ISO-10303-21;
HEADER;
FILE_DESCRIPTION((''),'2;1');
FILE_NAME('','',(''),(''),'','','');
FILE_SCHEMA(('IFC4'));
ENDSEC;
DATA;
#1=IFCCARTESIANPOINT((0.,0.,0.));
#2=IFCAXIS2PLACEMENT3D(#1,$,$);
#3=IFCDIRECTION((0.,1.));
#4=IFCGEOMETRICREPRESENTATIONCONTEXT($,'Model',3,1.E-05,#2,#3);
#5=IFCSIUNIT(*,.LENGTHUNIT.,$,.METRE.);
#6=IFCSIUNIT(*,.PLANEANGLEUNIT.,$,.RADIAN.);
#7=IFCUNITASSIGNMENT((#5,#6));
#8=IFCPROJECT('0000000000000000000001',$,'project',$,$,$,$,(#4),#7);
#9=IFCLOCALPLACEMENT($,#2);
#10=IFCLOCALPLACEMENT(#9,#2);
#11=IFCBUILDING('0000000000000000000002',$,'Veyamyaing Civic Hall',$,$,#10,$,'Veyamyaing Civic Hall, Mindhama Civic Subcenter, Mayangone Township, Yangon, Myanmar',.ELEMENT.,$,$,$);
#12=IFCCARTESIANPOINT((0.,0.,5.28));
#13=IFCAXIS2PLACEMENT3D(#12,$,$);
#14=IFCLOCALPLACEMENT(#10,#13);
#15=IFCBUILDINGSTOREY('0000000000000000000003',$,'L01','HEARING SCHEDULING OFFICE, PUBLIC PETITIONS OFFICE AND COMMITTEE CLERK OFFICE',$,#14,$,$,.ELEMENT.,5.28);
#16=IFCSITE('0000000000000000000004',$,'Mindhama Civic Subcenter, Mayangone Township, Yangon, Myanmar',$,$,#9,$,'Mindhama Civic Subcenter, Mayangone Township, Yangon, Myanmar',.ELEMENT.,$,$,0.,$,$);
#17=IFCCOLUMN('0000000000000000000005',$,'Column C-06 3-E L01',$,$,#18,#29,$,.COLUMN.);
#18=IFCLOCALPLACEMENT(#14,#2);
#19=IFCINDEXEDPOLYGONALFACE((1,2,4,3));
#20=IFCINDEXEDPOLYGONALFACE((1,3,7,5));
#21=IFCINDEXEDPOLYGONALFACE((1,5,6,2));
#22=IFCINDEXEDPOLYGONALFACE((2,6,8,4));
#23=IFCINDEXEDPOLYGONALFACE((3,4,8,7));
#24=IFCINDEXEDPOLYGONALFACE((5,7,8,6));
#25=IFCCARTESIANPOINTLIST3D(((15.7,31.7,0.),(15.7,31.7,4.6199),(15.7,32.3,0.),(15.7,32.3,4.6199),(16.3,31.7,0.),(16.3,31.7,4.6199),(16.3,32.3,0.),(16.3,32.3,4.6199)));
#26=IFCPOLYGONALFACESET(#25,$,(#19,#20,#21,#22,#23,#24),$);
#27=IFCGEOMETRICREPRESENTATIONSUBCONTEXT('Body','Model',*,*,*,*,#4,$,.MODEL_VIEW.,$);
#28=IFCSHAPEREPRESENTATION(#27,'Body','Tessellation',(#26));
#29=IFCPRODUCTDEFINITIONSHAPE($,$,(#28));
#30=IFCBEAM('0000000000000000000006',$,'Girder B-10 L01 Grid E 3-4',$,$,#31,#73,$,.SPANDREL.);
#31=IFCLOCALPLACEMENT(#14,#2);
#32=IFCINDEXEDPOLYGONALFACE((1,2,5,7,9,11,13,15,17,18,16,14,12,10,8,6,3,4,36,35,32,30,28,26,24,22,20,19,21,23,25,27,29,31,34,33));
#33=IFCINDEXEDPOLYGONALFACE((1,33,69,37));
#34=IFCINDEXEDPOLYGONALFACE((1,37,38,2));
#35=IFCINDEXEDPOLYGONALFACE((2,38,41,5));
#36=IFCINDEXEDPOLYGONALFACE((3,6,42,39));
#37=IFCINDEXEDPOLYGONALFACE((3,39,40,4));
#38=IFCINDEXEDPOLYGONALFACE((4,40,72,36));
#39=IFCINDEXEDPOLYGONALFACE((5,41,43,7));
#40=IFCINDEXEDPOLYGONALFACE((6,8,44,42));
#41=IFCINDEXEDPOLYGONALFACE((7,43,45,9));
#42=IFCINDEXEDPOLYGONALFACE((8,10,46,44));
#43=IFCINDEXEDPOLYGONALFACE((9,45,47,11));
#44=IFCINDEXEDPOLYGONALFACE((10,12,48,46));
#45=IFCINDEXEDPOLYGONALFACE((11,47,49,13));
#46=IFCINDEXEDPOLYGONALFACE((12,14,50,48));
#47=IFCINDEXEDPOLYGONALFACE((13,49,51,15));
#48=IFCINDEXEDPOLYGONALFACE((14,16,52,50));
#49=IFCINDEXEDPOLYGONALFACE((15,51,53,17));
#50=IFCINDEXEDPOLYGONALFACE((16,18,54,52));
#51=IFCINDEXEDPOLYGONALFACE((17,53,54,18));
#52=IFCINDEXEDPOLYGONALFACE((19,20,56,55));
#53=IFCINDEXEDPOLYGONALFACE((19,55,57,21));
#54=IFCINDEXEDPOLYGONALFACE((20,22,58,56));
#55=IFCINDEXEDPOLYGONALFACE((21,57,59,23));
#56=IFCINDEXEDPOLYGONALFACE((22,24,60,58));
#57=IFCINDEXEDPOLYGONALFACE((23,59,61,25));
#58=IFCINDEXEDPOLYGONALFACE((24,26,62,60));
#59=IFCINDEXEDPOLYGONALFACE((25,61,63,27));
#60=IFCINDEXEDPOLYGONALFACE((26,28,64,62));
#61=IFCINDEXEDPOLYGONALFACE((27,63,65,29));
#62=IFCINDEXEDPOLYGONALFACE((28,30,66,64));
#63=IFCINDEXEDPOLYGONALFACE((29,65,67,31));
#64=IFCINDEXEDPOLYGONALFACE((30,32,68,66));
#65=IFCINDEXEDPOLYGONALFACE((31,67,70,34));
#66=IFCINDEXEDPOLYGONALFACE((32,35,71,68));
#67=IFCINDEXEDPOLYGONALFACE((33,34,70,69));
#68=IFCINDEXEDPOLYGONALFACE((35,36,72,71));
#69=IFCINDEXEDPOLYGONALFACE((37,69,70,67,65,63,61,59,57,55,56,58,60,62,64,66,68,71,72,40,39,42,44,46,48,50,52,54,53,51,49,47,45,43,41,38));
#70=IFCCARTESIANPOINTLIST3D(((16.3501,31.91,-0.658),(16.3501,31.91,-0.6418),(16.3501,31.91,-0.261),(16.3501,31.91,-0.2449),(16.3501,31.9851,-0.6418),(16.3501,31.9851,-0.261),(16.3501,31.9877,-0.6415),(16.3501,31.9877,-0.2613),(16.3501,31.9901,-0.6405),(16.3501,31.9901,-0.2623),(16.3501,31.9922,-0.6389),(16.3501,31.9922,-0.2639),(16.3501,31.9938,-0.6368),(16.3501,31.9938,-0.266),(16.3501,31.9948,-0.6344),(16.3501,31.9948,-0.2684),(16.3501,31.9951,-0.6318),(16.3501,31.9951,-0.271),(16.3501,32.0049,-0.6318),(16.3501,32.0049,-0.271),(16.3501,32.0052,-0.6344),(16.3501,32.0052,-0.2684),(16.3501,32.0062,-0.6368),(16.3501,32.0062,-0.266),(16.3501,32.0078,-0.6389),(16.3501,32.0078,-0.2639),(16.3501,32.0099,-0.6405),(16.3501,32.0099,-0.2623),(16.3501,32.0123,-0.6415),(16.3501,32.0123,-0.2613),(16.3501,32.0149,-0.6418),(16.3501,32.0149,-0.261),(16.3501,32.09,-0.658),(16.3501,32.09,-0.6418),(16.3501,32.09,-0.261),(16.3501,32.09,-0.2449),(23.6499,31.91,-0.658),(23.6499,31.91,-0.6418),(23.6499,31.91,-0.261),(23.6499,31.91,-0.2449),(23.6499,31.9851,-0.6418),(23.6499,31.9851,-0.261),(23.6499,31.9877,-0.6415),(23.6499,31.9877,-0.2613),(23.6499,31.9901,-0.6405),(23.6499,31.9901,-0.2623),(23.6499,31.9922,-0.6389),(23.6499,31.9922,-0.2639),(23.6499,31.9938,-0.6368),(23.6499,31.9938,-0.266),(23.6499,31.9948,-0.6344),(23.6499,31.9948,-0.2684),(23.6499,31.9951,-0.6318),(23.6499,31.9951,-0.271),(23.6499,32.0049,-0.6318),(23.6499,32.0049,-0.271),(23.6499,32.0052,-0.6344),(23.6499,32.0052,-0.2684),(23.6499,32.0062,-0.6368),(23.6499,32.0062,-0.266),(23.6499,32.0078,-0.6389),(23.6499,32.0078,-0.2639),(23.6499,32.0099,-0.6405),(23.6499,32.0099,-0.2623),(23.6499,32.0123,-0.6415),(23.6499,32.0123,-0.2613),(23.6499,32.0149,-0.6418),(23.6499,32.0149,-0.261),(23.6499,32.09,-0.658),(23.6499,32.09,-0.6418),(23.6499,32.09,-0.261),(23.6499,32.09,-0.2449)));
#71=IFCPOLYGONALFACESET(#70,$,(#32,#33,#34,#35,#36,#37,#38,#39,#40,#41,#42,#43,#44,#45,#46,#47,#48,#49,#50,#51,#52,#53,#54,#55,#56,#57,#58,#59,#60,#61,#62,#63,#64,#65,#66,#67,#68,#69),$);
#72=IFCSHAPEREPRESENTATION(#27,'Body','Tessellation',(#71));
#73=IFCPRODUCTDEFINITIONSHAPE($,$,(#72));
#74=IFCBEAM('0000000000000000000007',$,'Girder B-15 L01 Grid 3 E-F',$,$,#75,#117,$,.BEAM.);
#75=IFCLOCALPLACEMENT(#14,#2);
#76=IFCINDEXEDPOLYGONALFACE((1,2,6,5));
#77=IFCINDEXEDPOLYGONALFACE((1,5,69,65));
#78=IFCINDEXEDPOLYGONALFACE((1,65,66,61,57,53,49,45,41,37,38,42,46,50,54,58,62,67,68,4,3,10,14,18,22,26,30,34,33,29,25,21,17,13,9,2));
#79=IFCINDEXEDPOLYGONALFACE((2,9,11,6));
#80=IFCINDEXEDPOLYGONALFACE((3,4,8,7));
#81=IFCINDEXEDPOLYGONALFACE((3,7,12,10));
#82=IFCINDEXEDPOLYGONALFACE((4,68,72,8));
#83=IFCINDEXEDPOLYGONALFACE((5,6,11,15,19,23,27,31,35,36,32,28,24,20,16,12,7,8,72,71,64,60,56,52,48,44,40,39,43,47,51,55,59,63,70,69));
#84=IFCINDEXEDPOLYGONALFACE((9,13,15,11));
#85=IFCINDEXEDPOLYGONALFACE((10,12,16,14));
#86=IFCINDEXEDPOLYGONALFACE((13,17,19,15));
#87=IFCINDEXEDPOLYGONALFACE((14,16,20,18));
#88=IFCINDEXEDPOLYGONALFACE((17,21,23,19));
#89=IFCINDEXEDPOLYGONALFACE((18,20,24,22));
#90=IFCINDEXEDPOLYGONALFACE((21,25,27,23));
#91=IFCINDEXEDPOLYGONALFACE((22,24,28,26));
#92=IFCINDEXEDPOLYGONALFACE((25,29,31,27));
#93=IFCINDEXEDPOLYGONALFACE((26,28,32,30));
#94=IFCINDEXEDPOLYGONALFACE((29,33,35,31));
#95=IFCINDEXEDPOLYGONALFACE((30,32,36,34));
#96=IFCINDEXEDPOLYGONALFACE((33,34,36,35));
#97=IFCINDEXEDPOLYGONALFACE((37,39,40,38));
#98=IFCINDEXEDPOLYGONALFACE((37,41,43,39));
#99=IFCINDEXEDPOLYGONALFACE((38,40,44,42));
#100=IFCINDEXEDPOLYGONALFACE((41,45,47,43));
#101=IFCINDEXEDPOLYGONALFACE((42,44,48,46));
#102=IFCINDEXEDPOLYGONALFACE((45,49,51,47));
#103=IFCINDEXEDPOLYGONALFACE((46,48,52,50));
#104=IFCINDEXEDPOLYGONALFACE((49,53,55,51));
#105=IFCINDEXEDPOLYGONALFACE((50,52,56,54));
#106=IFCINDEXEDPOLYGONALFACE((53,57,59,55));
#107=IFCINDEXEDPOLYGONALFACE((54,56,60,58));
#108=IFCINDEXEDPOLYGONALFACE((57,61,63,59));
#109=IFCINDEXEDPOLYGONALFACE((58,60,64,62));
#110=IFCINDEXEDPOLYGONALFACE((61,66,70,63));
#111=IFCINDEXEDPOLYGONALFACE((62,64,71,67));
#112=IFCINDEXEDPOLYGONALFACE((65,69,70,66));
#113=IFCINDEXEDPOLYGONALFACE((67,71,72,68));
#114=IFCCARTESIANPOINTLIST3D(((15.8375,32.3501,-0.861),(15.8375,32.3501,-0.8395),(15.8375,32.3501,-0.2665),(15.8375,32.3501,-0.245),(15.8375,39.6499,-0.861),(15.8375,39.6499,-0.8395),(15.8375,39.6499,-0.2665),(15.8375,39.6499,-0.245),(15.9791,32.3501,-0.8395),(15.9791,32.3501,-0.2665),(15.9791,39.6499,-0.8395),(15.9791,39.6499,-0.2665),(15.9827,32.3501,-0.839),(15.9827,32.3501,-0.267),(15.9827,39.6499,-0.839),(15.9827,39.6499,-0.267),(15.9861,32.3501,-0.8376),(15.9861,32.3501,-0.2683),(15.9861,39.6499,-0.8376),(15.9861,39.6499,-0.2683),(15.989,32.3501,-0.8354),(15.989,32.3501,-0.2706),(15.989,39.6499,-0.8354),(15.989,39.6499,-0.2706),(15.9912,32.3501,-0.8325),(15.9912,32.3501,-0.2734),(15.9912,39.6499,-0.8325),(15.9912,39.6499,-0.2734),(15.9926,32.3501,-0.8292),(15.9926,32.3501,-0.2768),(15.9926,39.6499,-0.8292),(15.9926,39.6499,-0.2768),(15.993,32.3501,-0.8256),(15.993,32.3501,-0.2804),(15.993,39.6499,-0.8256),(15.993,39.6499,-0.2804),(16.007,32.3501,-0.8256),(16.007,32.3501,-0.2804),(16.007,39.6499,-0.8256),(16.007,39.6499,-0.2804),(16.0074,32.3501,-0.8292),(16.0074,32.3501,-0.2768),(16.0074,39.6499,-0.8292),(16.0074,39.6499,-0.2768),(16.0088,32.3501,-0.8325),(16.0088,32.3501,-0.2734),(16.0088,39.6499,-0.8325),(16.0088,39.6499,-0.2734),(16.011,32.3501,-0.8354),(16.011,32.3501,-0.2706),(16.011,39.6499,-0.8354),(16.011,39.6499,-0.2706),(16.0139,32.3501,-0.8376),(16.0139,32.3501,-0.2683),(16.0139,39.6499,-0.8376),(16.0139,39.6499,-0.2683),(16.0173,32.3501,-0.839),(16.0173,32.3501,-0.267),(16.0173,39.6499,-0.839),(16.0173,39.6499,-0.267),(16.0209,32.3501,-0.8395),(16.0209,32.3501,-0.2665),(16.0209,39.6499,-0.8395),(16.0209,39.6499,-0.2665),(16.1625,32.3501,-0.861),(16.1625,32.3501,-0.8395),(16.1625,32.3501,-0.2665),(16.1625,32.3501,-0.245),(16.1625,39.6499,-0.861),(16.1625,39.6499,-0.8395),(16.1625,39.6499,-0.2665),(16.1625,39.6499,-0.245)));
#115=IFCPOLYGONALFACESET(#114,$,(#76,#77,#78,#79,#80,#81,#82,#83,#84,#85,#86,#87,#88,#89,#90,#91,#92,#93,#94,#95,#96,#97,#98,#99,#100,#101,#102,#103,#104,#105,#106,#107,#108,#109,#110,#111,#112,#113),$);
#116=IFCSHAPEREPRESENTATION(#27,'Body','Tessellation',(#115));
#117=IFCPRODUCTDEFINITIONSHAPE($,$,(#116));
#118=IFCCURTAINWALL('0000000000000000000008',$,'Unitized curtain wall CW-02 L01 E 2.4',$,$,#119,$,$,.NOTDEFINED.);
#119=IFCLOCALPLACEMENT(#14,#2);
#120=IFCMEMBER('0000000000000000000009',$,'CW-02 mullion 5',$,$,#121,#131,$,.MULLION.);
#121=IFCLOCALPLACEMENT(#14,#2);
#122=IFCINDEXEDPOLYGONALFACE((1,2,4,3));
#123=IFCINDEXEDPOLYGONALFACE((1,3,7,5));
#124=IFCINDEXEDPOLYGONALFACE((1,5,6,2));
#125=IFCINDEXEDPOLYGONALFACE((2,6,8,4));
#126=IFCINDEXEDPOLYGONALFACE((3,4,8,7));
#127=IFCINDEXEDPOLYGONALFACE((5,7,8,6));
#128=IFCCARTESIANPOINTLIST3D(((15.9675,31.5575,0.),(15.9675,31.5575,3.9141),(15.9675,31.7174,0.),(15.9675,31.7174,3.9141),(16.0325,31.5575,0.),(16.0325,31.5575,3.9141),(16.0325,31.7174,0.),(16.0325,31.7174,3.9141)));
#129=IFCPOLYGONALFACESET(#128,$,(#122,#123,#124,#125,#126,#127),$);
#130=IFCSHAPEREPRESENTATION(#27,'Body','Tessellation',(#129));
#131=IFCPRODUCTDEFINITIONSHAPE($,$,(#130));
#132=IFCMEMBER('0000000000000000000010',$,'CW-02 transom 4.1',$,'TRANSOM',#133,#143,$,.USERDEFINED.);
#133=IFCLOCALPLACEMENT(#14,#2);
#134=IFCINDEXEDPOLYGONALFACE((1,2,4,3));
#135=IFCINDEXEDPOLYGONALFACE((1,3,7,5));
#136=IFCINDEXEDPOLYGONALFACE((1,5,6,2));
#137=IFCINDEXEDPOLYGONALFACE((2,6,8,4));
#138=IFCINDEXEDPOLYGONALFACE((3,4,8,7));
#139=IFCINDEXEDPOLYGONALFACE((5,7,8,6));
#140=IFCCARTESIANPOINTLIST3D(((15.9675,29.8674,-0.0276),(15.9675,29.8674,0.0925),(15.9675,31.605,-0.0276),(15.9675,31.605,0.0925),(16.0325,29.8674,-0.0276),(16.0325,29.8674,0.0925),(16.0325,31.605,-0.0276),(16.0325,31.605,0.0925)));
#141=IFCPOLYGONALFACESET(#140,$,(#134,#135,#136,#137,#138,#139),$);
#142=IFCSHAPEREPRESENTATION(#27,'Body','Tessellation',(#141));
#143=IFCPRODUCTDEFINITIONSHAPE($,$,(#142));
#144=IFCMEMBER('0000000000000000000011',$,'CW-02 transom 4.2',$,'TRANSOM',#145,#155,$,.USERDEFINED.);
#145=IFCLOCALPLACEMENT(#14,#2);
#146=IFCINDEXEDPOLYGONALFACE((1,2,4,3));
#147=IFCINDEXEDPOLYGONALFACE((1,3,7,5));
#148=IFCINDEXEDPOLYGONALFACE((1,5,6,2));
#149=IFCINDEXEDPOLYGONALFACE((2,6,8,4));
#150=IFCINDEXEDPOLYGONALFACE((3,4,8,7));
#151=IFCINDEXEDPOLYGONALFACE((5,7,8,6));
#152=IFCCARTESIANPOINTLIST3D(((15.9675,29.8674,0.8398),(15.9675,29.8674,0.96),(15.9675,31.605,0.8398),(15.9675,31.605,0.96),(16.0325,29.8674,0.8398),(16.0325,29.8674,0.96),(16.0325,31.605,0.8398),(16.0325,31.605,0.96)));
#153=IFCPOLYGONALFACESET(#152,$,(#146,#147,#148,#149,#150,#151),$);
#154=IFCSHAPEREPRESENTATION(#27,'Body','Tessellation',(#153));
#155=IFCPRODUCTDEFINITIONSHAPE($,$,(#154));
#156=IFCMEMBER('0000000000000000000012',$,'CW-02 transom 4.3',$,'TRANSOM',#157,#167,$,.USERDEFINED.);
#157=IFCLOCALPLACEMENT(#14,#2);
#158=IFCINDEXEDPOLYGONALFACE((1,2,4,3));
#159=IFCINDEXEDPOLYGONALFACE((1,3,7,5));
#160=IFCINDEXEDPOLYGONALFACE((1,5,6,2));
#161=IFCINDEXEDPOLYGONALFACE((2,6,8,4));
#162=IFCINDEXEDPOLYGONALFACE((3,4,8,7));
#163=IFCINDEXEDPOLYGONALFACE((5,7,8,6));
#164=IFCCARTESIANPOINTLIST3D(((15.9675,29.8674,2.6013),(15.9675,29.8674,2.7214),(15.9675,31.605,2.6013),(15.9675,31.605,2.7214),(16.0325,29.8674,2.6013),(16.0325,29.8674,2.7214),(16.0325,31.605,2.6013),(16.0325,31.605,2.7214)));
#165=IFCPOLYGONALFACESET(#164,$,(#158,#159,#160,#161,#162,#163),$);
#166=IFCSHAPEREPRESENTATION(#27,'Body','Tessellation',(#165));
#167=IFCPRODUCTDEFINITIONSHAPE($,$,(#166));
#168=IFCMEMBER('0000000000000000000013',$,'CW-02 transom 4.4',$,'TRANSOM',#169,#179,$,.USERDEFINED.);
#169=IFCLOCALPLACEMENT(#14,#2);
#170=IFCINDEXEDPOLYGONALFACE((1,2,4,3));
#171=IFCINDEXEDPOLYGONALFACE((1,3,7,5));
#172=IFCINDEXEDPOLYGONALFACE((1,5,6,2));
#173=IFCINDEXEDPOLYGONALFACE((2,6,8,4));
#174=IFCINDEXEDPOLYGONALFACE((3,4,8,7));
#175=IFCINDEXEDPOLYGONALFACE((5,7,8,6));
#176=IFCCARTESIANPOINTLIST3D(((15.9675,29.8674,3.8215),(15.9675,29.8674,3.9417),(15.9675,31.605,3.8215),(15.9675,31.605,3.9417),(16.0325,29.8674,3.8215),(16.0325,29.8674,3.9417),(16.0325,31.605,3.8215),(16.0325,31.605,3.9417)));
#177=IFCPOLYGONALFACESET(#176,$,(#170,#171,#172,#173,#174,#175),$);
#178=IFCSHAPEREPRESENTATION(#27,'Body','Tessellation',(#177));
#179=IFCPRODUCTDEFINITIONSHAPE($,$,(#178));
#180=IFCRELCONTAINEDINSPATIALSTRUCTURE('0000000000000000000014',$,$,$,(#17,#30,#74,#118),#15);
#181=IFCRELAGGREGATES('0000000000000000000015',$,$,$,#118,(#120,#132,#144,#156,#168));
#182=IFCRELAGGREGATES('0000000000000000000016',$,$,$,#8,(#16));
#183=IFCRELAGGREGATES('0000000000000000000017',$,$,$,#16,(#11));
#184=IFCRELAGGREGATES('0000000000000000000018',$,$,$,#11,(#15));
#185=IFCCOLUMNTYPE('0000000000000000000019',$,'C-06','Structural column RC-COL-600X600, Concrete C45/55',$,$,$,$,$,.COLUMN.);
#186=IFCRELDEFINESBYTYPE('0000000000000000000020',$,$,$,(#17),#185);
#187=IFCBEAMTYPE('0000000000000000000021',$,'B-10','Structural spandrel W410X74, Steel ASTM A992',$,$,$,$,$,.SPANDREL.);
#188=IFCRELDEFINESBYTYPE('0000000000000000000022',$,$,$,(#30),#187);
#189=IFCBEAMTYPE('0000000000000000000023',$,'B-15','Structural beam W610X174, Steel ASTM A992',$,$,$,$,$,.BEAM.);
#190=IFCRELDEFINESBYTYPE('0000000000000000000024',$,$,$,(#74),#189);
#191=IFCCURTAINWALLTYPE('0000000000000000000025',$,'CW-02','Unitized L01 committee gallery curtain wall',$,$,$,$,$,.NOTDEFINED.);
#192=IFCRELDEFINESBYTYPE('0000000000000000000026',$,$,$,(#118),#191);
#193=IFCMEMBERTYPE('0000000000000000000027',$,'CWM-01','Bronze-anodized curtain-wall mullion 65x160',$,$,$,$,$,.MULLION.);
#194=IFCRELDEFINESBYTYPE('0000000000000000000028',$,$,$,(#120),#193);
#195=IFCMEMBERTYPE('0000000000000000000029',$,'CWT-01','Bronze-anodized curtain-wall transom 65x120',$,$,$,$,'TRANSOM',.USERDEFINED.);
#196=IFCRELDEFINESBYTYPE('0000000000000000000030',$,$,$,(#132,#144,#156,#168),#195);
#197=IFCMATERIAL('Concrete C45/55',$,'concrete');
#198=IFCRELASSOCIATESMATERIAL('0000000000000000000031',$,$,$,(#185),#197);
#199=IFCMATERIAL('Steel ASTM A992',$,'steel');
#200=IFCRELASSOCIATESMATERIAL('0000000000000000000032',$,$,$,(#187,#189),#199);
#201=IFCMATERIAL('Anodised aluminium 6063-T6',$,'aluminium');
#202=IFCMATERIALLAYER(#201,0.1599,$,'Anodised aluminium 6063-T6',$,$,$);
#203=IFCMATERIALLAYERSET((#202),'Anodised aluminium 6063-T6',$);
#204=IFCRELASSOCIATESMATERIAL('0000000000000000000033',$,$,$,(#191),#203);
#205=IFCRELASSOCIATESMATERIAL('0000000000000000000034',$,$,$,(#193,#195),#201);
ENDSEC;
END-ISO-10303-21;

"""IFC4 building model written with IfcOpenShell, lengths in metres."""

from ifc_helpers import new_model, si_unit, direction, frame, origin, origin_2d, place, context, subcontext, project, spatial, rectangle, i_section, extrude, material, layer, layer_set, material_profile, profile_set, type_object, element, aggregate, save


model = new_model("IFC4")

# Units and contexts
model_context = context("Model", 3, precision=1e-05, world=origin(), true_north=direction((0.0, 1.0)))
body_context = subcontext(model_context, "Body", "Model", "MODEL_VIEW")
ifc_project = project(units=[si_unit("LENGTHUNIT", "METRE"), si_unit("PLANEANGLEUNIT", "RADIAN")], contexts=[model_context])

# Site, building, storey
site_placement = place(None, origin())
site = spatial("IfcSite", under=ifc_project, at=site_placement, Name="Mindhama Civic Subcenter, Mayangone Township, Yangon, Myanmar", LongName="Mindhama Civic Subcenter, Mayangone Township, Yangon, Myanmar", CompositionType="ELEMENT", RefElevation=0.0)
building_placement = place(site_placement, origin())
building = spatial("IfcBuilding", under=site, at=building_placement, Name="Veyamyaing Civic Hall", LongName="Veyamyaing Civic Hall, Mindhama Civic Subcenter, Mayangone Township, Yangon, Myanmar", CompositionType="ELEMENT")
storey_placement = place(building_placement, frame((0.0, 0.0, 5.28)))
storey = spatial("IfcBuildingStorey", under=building, at=storey_placement, Name="L01", Description="HEARING SCHEDULING OFFICE, PUBLIC PETITIONS OFFICE AND COMMITTEE CLERK OFFICE", CompositionType="ELEMENT", Elevation=5.28)

# Column
ifc_material_1 = material(Name="Concrete C45/55", Category="concrete")
ifc_material_profile_1 = material_profile(ifc_material_1, rectangle(XDim=0.6001, YDim=0.6001, at=origin_2d()), Name="RC-COL-600X600")
ifc_profile_set_1 = profile_set([ifc_material_profile_1], Name="Concrete C45/55")
column_type = type_object("IfcColumnType", Name="C-06", Description="Structural column RC-COL-600X600, Concrete C45/55", PredefinedType="COLUMN", material=ifc_profile_set_1)
column_placement = place(storey_placement, frame((16.0, 32.0, 0.0), z_axis=(0.0, 0.0, 1.0), x_axis=(1.0, 0.0, 0.0)))
element("IfcColumn", 1, at=column_placement, inside=storey, type_object=column_type, Name="Column C-06 3-E L01", PredefinedType="COLUMN", context=body_context, shape_type="SweptSolid", body=[
    extrude(rectangle(XDim=0.6001, YDim=0.6001, at=origin_2d()), origin(), (0.0, 0.0, 1.0), 4.6199),
])

# Beams
ifc_material_2 = material(Name="Steel ASTM A992", Category="steel")
ifc_material_profile_2 = material_profile(ifc_material_2, i_section(OverallWidth=0.1799, OverallDepth=0.4131, WebThickness=0.0098, FlangeThickness=0.0161, FilletRadius=0.01, at=origin_2d()), Name="W410X74")
ifc_profile_set_2 = profile_set([ifc_material_profile_2], Name="Steel ASTM A992")
beam_type_1 = type_object("IfcBeamType", Name="B-10", Description="Structural spandrel W410X74, Steel ASTM A992", PredefinedType="SPANDREL", material=ifc_profile_set_2)
beam_1_placement = place(storey_placement, frame((16.3501, 32.0, -0.4514), z_axis=(1.0, 0.0, 0.0), x_axis=(0.0, 1.0, 0.0)))
element("IfcBeam", 2, at=beam_1_placement, inside=storey, type_object=beam_type_1, Name="Girder B-10 L01 Grid E 3-4", PredefinedType="SPANDREL", context=body_context, shape_type="SweptSolid", body=[
    extrude(i_section(OverallWidth=0.1799, OverallDepth=0.4131, WebThickness=0.0098, FlangeThickness=0.0161, FilletRadius=0.01, at=origin_2d()), origin(), (0.0, 0.0, 1.0), 7.2998),
])
ifc_material_profile_3 = material_profile(ifc_material_2, i_section(OverallWidth=0.325, OverallDepth=0.616, WebThickness=0.0139, FlangeThickness=0.0215, FilletRadius=0.0139, at=origin_2d()), Name="W610X174")
ifc_profile_set_3 = profile_set([ifc_material_profile_3], Name="Steel ASTM A992")
beam_type_2 = type_object("IfcBeamType", Name="B-15", Description="Structural beam W610X174, Steel ASTM A992", PredefinedType="BEAM", material=ifc_profile_set_3)
beam_2_placement = place(storey_placement, frame((16.0, 32.3501, -0.553), z_axis=(0.0, 1.0, 0.0), x_axis=(-1.0, 0.0, 0.0)))
element("IfcBeam", 3, at=beam_2_placement, inside=storey, type_object=beam_type_2, Name="Girder B-15 L01 Grid 3 E-F", PredefinedType="BEAM", context=body_context, shape_type="SweptSolid", body=[
    extrude(i_section(OverallWidth=0.325, OverallDepth=0.616, WebThickness=0.0139, FlangeThickness=0.0215, FilletRadius=0.0139, at=origin_2d()), origin(), (0.0, 0.0, 1.0), 7.2998),
])

# Curtain wall, members
ifc_material_3 = material(Name="Anodised aluminium 6063-T6", Category="aluminium")
ifc_layer_1 = layer(ifc_material_3, 0.1599, Name="Anodised aluminium 6063-T6")
ifc_layer_set_1 = layer_set([ifc_layer_1], Name="Anodised aluminium 6063-T6")
curtain_wall_type = type_object("IfcCurtainWallType", Name="CW-02", Description="Unitized L01 committee gallery curtain wall", PredefinedType="NOTDEFINED", material=ifc_layer_set_1)
curtain_wall_placement = place(storey_placement, origin())
curtain_wall = element("IfcCurtainWall", 4, at=curtain_wall_placement, inside=storey, type_object=curtain_wall_type, Name="Unitized curtain wall CW-02 L01 E 2.4", PredefinedType="NOTDEFINED")
ifc_material_profile_4 = material_profile(ifc_material_3, rectangle(XDim=0.0649, YDim=0.1599, at=origin_2d()), Name="ALU-MUL-65X160")
ifc_profile_set_4 = profile_set([ifc_material_profile_4], Name="Anodised aluminium 6063-T6")
member_type_1 = type_object("IfcMemberType", Name="CWM-01", Description="Bronze-anodized curtain-wall mullion 65x160", PredefinedType="MULLION", material=ifc_profile_set_4)
member_1_placement = place(storey_placement, frame((16.0, 31.6375, 0.0), z_axis=(0.0, 0.0, 1.0), x_axis=(-1.0, 0.0, 0.0)))
member_1 = element("IfcMember", 5, at=member_1_placement, type_object=member_type_1, Name="CW-02 mullion 5", PredefinedType="MULLION", context=body_context, shape_type="SweptSolid", body=[
    extrude(rectangle(XDim=0.0649, YDim=0.1599, at=origin_2d()), origin(), (0.0, 0.0, 1.0), 3.9141),
])
ifc_material_profile_5 = material_profile(ifc_material_3, rectangle(XDim=0.0649, YDim=0.1201, at=origin_2d()), Name="ALU-TRN-65X120")
ifc_profile_set_5 = profile_set([ifc_material_profile_5], Name="Anodised aluminium 6063-T6")
member_type_2 = type_object("IfcMemberType", Name="CWT-01", Description="Bronze-anodized curtain-wall transom 65x120", ElementType="TRANSOM", PredefinedType="USERDEFINED", material=ifc_profile_set_5)
member_2_placement = place(storey_placement, frame((16.0, 29.8674, 0.0325), z_axis=(0.0, 1.0, 0.0), x_axis=(-1.0, 0.0, 0.0)))
member_2 = element("IfcMember", 6, at=member_2_placement, type_object=member_type_2, Name="CW-02 transom 4.1", ObjectType="TRANSOM", PredefinedType="USERDEFINED", context=body_context, shape_type="SweptSolid", body=[
    extrude(rectangle(XDim=0.0649, YDim=0.1201, at=origin_2d()), origin(), (0.0, 0.0, 1.0), 1.7375),
])
member_3_placement = place(storey_placement, frame((16.0, 29.8674, 0.8999), z_axis=(0.0, 1.0, 0.0), x_axis=(-1.0, 0.0, 0.0)))
member_3 = element("IfcMember", 7, at=member_3_placement, type_object=member_type_2, Name="CW-02 transom 4.2", ObjectType="TRANSOM", PredefinedType="USERDEFINED", context=body_context, shape_type="SweptSolid", body=[
    extrude(rectangle(XDim=0.0649, YDim=0.1201, at=origin_2d()), origin(), (0.0, 0.0, 1.0), 1.7375),
])
member_4_placement = place(storey_placement, frame((16.0, 29.8674, 2.6614), z_axis=(0.0, 1.0, 0.0), x_axis=(-1.0, 0.0, 0.0)))
member_4 = element("IfcMember", 8, at=member_4_placement, type_object=member_type_2, Name="CW-02 transom 4.3", ObjectType="TRANSOM", PredefinedType="USERDEFINED", context=body_context, shape_type="SweptSolid", body=[
    extrude(rectangle(XDim=0.0649, YDim=0.1201, at=origin_2d()), origin(), (0.0, 0.0, 1.0), 1.7375),
])
member_5_placement = place(storey_placement, frame((16.0, 29.8674, 3.8816), z_axis=(0.0, 1.0, 0.0), x_axis=(-1.0, 0.0, 0.0)))
member_5 = element("IfcMember", 9, at=member_5_placement, type_object=member_type_2, Name="CW-02 transom 4.4", ObjectType="TRANSOM", PredefinedType="USERDEFINED", context=body_context, shape_type="SweptSolid", body=[
    extrude(rectangle(XDim=0.0649, YDim=0.1201, at=origin_2d()), origin(), (0.0, 0.0, 1.0), 1.7375),
])

aggregate(curtain_wall, [member_1, member_2, member_3, member_4, member_5])

save(model, "model.ifc")
